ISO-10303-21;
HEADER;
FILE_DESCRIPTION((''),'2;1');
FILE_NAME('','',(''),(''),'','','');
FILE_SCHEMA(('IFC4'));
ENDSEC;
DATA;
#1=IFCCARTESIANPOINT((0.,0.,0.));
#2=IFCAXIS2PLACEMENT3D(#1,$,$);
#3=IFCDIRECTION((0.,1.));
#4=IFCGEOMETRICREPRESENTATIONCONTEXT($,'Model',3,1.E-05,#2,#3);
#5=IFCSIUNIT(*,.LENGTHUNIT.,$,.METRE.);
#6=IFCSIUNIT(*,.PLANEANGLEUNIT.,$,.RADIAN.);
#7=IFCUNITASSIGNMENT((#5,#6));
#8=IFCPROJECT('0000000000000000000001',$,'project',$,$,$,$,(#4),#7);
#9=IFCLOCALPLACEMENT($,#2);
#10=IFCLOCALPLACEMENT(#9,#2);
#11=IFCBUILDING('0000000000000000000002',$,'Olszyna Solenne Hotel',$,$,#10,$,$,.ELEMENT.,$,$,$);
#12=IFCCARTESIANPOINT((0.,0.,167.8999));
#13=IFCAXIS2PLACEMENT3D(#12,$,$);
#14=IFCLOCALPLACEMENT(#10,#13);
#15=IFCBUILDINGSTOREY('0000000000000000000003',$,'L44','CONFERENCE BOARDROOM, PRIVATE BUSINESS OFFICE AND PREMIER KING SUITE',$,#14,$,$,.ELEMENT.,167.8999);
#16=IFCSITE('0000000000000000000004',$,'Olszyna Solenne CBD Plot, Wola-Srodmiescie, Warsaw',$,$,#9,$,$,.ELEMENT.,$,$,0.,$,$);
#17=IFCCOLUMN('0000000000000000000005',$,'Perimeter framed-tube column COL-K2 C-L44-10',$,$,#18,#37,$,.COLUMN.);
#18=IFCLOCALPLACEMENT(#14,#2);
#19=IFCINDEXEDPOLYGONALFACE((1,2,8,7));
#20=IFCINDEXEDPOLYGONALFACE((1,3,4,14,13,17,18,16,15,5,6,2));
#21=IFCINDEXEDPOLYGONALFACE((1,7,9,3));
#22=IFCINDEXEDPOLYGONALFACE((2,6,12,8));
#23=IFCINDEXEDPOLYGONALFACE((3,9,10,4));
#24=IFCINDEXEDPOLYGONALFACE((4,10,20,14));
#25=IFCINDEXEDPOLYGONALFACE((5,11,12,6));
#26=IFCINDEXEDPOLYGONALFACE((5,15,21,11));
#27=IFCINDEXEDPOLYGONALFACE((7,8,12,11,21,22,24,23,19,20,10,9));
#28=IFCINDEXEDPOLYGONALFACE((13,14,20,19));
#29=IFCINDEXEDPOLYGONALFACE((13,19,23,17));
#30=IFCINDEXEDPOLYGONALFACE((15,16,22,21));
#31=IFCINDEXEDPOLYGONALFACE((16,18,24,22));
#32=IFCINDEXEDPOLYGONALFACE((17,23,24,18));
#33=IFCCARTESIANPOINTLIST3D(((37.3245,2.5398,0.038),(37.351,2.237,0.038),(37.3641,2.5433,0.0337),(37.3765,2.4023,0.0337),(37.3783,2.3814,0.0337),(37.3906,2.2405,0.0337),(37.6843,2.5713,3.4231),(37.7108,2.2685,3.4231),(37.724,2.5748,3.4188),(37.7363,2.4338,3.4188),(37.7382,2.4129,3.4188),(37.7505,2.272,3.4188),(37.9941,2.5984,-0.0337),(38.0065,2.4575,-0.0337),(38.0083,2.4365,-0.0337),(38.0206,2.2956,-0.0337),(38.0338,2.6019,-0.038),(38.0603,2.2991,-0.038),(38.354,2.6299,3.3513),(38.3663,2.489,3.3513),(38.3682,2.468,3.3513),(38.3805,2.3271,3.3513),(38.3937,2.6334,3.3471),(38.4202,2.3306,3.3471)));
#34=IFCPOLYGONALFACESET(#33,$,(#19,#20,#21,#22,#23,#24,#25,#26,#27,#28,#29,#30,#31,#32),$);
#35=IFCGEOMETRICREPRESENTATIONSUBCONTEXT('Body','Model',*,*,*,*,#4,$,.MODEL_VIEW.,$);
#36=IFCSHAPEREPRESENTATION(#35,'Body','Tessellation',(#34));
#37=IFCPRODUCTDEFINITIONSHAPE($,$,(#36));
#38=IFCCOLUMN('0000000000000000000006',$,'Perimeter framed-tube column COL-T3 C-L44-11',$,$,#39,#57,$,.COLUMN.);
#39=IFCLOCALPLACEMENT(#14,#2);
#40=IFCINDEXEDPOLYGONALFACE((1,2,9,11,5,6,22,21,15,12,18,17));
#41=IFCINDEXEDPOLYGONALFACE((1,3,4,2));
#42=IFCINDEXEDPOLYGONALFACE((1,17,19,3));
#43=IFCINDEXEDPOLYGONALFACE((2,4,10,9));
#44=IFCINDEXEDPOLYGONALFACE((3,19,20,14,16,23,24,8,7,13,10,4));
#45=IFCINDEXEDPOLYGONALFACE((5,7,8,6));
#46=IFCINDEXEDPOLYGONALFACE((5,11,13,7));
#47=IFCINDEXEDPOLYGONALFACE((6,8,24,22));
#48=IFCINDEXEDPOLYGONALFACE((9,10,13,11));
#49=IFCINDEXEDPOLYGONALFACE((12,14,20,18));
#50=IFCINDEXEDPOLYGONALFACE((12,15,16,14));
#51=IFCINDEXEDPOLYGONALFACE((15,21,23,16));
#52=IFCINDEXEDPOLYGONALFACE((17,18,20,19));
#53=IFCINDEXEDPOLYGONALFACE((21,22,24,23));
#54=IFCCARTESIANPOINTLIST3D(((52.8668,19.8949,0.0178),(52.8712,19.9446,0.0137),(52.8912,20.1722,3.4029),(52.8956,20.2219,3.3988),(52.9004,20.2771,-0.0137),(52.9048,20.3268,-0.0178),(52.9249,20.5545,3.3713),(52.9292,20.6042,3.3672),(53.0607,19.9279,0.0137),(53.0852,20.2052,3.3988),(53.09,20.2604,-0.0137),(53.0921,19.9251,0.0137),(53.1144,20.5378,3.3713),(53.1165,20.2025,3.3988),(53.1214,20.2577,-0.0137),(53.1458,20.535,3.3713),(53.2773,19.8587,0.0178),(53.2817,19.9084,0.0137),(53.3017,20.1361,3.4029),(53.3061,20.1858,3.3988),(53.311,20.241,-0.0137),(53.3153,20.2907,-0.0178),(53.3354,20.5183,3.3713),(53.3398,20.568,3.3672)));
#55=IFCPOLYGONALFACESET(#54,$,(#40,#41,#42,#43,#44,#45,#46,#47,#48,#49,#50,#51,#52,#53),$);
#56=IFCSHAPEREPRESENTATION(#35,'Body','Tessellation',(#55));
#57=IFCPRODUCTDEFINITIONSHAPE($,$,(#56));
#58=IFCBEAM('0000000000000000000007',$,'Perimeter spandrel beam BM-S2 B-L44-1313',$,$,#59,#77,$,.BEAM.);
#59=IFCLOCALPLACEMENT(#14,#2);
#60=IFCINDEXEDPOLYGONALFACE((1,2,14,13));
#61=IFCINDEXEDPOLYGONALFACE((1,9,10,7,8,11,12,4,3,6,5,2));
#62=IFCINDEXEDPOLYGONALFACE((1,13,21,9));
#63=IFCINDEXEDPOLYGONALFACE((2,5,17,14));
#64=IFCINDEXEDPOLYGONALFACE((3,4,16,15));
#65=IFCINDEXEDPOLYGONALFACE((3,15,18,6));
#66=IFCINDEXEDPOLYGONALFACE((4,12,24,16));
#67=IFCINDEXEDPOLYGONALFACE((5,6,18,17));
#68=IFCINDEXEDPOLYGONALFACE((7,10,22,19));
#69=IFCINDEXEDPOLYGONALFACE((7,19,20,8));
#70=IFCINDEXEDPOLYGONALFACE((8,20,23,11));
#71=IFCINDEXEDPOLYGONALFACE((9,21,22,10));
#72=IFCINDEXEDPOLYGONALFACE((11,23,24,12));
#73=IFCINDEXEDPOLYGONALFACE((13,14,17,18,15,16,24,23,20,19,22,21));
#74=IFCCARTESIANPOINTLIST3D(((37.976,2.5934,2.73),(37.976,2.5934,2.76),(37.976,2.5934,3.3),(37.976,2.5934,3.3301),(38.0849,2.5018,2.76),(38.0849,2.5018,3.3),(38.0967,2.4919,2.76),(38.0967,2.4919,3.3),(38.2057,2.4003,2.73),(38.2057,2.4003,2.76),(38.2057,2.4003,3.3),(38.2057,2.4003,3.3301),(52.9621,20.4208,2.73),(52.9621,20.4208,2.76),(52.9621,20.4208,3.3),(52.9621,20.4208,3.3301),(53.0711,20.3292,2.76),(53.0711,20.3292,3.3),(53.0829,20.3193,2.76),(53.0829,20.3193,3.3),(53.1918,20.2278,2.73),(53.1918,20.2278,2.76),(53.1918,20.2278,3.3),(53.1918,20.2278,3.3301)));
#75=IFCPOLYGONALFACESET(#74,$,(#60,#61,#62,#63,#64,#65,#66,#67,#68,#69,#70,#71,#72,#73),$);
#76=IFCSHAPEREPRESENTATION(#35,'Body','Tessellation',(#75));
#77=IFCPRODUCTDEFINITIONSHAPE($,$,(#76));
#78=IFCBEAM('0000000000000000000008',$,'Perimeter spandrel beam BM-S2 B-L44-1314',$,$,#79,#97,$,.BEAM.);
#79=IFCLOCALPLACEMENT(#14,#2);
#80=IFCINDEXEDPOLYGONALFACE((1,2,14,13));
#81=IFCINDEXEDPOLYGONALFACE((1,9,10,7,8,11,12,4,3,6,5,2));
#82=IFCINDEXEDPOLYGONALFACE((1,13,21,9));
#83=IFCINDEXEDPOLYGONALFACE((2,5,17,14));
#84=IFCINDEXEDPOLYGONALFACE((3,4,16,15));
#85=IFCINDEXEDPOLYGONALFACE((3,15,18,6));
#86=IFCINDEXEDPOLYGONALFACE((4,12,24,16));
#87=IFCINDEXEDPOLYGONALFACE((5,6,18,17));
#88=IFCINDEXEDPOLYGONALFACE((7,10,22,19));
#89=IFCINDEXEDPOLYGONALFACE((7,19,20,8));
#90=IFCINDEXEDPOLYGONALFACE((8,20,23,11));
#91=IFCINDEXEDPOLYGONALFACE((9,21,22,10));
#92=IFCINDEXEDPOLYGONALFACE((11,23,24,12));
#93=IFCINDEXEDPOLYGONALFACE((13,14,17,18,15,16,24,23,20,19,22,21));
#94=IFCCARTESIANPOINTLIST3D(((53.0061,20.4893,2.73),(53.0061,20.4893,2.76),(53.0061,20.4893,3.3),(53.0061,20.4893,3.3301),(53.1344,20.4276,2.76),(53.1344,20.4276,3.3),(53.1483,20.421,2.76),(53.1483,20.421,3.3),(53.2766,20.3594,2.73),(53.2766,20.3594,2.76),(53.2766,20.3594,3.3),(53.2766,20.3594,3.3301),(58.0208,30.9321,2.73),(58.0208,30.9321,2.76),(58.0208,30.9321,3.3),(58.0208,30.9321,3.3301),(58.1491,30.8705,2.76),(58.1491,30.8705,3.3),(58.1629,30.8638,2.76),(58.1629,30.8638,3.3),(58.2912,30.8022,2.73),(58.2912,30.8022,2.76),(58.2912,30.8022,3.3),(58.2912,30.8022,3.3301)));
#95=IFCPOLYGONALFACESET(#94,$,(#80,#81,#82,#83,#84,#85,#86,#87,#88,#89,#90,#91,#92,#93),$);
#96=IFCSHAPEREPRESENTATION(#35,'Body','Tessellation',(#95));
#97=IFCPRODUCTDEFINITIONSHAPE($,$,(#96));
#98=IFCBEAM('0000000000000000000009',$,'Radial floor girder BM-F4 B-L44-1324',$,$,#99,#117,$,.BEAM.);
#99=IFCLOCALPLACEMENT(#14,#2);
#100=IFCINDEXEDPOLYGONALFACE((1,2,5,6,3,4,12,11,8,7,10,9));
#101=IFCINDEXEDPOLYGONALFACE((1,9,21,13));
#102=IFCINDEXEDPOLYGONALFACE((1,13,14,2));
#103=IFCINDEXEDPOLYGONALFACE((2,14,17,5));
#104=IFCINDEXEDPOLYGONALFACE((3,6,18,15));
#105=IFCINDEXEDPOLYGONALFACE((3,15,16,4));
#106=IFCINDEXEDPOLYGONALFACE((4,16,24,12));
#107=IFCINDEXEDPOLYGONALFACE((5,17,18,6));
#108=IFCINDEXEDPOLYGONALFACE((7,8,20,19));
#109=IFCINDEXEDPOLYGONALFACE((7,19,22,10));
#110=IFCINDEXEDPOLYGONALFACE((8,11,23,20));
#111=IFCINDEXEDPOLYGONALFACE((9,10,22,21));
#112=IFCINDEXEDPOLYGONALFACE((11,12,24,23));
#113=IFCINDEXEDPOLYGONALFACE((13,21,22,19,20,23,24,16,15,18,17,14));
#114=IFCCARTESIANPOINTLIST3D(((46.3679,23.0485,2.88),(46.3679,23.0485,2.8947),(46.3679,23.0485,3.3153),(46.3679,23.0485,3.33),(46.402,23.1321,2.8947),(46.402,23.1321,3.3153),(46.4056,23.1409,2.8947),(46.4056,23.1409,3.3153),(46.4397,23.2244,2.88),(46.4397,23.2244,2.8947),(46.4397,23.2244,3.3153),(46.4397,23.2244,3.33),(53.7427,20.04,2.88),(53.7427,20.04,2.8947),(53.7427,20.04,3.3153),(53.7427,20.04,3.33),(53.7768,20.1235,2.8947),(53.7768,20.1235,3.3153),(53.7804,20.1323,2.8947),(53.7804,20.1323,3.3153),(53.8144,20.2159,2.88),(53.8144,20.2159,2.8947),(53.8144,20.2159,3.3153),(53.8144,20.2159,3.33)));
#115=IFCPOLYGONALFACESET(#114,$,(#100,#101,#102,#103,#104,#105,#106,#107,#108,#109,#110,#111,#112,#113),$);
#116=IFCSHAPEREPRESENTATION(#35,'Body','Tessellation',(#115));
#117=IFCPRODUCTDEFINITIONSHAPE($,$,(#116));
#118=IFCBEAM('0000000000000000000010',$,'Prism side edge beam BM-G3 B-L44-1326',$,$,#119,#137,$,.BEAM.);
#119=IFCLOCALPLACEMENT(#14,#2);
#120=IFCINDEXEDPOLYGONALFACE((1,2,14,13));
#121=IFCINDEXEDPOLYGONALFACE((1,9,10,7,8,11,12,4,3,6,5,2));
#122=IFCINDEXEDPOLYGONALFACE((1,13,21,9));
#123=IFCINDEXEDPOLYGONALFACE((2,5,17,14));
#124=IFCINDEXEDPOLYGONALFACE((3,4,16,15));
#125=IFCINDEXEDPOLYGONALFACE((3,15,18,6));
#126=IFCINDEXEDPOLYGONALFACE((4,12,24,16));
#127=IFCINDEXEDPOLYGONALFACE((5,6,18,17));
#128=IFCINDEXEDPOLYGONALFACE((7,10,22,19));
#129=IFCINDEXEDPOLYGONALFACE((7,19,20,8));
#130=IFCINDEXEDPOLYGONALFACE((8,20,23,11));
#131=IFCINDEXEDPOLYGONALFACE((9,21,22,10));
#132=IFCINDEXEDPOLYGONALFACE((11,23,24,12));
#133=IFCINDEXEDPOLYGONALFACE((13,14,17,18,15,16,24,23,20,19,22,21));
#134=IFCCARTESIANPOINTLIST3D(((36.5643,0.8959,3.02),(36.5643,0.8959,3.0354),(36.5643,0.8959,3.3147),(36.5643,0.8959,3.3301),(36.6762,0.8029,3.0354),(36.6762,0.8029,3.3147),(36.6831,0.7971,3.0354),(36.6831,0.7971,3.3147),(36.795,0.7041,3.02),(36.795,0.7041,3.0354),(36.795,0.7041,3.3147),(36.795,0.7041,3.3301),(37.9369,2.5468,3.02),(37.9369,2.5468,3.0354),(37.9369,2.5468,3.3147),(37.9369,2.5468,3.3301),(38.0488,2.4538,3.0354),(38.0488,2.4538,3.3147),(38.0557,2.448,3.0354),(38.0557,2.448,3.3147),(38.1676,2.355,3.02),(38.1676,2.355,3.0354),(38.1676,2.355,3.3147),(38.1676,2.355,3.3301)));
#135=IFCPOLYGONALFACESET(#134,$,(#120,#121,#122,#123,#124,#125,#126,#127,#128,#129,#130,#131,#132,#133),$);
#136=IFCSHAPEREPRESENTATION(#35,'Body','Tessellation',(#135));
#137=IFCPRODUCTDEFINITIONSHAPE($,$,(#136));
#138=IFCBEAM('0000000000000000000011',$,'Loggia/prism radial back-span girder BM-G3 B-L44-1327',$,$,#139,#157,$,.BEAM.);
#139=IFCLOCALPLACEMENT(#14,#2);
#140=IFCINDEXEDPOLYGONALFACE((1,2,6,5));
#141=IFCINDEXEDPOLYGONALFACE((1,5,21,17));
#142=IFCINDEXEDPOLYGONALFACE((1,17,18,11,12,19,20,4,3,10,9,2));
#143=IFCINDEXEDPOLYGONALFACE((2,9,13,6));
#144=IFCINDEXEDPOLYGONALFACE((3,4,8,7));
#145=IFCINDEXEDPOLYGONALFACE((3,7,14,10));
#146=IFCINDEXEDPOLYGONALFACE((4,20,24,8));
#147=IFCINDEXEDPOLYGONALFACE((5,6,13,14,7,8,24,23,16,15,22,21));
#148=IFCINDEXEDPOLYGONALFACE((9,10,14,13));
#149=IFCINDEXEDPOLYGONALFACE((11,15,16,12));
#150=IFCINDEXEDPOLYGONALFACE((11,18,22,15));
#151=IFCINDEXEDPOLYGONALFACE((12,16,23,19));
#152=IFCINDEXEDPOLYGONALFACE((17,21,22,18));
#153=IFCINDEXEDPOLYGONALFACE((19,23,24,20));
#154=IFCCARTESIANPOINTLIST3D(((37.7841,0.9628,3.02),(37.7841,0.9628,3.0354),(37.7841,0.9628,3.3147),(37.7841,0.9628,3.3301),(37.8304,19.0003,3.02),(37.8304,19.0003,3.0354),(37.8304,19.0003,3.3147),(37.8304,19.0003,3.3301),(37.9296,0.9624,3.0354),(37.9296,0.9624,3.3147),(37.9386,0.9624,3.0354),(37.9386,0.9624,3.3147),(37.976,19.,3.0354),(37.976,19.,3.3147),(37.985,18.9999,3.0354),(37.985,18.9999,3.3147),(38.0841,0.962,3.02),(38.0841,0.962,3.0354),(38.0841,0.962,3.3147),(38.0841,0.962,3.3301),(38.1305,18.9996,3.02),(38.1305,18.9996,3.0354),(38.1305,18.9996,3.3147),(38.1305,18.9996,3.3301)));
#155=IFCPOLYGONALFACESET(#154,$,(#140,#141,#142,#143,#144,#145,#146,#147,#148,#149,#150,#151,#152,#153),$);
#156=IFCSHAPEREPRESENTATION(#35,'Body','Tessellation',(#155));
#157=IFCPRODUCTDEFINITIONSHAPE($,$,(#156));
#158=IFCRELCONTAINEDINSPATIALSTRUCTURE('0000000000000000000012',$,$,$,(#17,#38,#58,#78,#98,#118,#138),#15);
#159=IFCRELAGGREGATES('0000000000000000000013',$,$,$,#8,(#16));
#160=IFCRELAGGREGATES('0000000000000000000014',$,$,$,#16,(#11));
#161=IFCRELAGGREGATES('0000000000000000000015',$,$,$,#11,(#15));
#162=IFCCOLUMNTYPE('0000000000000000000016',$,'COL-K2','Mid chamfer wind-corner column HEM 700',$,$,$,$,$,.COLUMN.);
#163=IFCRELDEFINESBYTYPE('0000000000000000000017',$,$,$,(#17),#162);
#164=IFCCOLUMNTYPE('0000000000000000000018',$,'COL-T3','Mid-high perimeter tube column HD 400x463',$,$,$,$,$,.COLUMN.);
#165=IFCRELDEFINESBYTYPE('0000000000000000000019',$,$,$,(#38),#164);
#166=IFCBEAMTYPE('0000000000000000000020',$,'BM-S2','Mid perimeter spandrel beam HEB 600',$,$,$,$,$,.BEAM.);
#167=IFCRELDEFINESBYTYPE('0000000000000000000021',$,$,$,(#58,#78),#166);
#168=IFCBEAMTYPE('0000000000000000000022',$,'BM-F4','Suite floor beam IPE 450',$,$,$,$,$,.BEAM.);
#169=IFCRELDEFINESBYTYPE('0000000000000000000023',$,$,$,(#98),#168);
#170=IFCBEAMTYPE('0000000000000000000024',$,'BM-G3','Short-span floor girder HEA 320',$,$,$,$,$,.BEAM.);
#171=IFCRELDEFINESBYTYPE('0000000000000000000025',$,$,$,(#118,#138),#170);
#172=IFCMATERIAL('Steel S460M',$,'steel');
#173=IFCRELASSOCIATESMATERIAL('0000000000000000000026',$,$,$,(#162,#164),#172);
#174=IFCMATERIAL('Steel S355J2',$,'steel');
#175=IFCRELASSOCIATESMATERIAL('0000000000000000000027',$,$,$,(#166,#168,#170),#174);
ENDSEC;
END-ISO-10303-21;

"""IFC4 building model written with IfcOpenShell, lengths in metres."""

from ifc_helpers import new_model, si_unit, direction, frame, origin, origin_2d, place, context, subcontext, project, spatial, i_section, extrude, source, transform, mapped, material, material_profile, profile_set, type_object, element, save


model = new_model("IFC4")

# Units and contexts
model_context = context("Model", 3, precision=1e-05, world=origin(), true_north=direction((0.0, 1.0)))
body_context = subcontext(model_context, "Body", "Model", "MODEL_VIEW")
ifc_project = project(units=[si_unit("LENGTHUNIT", "METRE"), si_unit("PLANEANGLEUNIT", "RADIAN")], contexts=[model_context])

# Site, building, storey
site_placement = place(None, origin())
site = spatial("IfcSite", under=ifc_project, at=site_placement, Name="Olszyna Solenne CBD Plot, Wola-Srodmiescie, Warsaw", CompositionType="ELEMENT", RefElevation=0.0)
building_placement = place(site_placement, origin())
building = spatial("IfcBuilding", under=site, at=building_placement, Name="Olszyna Solenne Hotel", CompositionType="ELEMENT")
storey_placement = place(building_placement, frame((0.0, 0.0, 167.8999)))
storey = spatial("IfcBuildingStorey", under=building, at=storey_placement, Name="L44", Description="CONFERENCE BOARDROOM, PRIVATE BUSINESS OFFICE AND PREMIER KING SUITE", CompositionType="ELEMENT", Elevation=167.8999)

# Columns
ifc_material_1 = material(Name="Steel S460M", Category="steel")
ifc_material_profile_1 = material_profile(ifc_material_1, i_section(OverallWidth=0.304, OverallDepth=0.7161, WebThickness=0.021, FlangeThickness=0.04, at=origin_2d()), Name="HEM 700", Category="load-bearing")
ifc_profile_set_1 = profile_set([ifc_material_profile_1], Name="Steel S460M")
column_type_1 = type_object("IfcColumnType", Name="COL-K2", Description="Mid chamfer wind-corner column HEM 700", PredefinedType="COLUMN", material=ifc_profile_set_1)
shared_shape_1 = source(origin(), body_context, "Body", "SweptSolid", [
    extrude(i_section(OverallWidth=0.304, OverallDepth=0.7161, WebThickness=0.021, FlangeThickness=0.04, at=origin_2d()), origin(), (0.0, 0.0, 1.0), 3.4043),
])
column_1_placement = place(storey_placement, frame((37.6924, 2.4194, 0.0), z_axis=(0.105711, 0.009251, 0.994354), x_axis=(-0.087184, 0.996192, 0.0)))
element("IfcColumn", 1, at=column_1_placement, inside=storey, type_object=column_type_1, Name="Perimeter framed-tube column COL-K2 C-L44-10", PredefinedType="COLUMN", context=body_context, shape_type="MappedRepresentation", body=[
    mapped(shared_shape_1, transform((0.0, 0.0, 0.0), x_axis=(1.0, 0.0, 0.0), y_axis=(0.0, 1.0, 0.0), z_axis=(0.0, 0.0, 1.0), scale=1.0)),
])
ifc_material_profile_2 = material_profile(ifc_material_1, i_section(OverallWidth=0.4121, OverallDepth=0.4351, WebThickness=0.0315, FlangeThickness=0.05, at=origin_2d()), Name="HD 400x463", Category="load-bearing")
ifc_profile_set_2 = profile_set([ifc_material_profile_2], Name="Steel S460M")
column_type_2 = type_object("IfcColumnType", Name="COL-T3", Description="Mid-high perimeter tube column HD 400x463", PredefinedType="COLUMN", material=ifc_profile_set_2)
shared_shape_2 = source(origin(), body_context, "Body", "SweptSolid", [
    extrude(i_section(OverallWidth=0.4121, OverallDepth=0.4351, WebThickness=0.0315, FlangeThickness=0.05, at=origin_2d()), origin(), (0.0, 0.0, 1.0), 3.3965),
])
column_2_placement = place(storey_placement, frame((53.0911, 20.0928, 0.0), z_axis=(0.007188, 0.081657, 0.996635), x_axis=(-0.996148, 0.087689, 0.0)))
element("IfcColumn", 2, at=column_2_placement, inside=storey, type_object=column_type_2, Name="Perimeter framed-tube column COL-T3 C-L44-11", PredefinedType="COLUMN", context=body_context, shape_type="MappedRepresentation", body=[
    mapped(shared_shape_2, transform((0.0, 0.0, 0.0), x_axis=(1.0, 0.0, 0.0), y_axis=(0.0, 1.0, 0.0), z_axis=(0.0, 0.0, 1.0), scale=1.0)),
])

# Beams
ifc_material_2 = material(Name="Steel S355J2", Category="steel")
ifc_material_profile_3 = material_profile(ifc_material_2, i_section(OverallWidth=0.3, OverallDepth=0.6001, WebThickness=0.0154, FlangeThickness=0.03, at=origin_2d()), Name="HEB 600", Category="load-bearing")
ifc_profile_set_3 = profile_set([ifc_material_profile_3], Name="Steel S355J2")
beam_type_1 = type_object("IfcBeamType", Name="BM-S2", Description="Mid perimeter spandrel beam HEB 600", PredefinedType="BEAM", material=ifc_profile_set_3)
shared_shape_3 = source(origin(), body_context, "Body", "SweptSolid", [
    extrude(i_section(OverallWidth=0.3, OverallDepth=0.6001, WebThickness=0.0154, FlangeThickness=0.03, at=origin_2d()), origin(), (0.0, 0.0, 1.0), 23.2896),
])
beam_1_placement = place(storey_placement, frame((38.0908, 2.4968, 3.03), z_axis=(0.643471, 0.765471, 0.0), x_axis=(-0.765471, 0.643471, 0.0)))
element("IfcBeam", 3, at=beam_1_placement, inside=storey, type_object=beam_type_1, Name="Perimeter spandrel beam BM-S2 B-L44-1313", PredefinedType="BEAM", context=body_context, shape_type="MappedRepresentation", body=[
    mapped(shared_shape_3, transform((0.0, 0.0, 0.0), x_axis=(1.0, 0.0, 0.0), y_axis=(0.0, 1.0, 0.0), z_axis=(0.0, 0.0, 1.0), scale=1.0)),
])
shared_shape_4 = source(origin(), body_context, "Body", "SweptSolid", [
    extrude(i_section(OverallWidth=0.3, OverallDepth=0.6001, WebThickness=0.0154, FlangeThickness=0.03, at=origin_2d()), origin(), (0.0, 0.0, 1.0), 11.5845),
])
beam_2_placement = place(storey_placement, frame((53.1414, 20.4243, 3.03), z_axis=(0.432876, 0.901453, 0.0), x_axis=(-0.901453, 0.432876, 0.0)))
element("IfcBeam", 4, at=beam_2_placement, inside=storey, type_object=beam_type_1, Name="Perimeter spandrel beam BM-S2 B-L44-1314", PredefinedType="BEAM", context=body_context, shape_type="MappedRepresentation", body=[
    mapped(shared_shape_4, transform((0.0, 0.0, 0.0), x_axis=(1.0, 0.0, 0.0), y_axis=(0.0, 1.0, 0.0), z_axis=(0.0, 0.0, 1.0), scale=1.0)),
])
ifc_material_profile_4 = material_profile(ifc_material_2, i_section(OverallWidth=0.1899, OverallDepth=0.45, WebThickness=0.0095, FlangeThickness=0.0146, at=origin_2d()), Name="IPE 450", Category="load-bearing")
ifc_profile_set_4 = profile_set([ifc_material_profile_4], Name="Steel S355J2")
beam_type_2 = type_object("IfcBeamType", Name="BM-F4", Description="Suite floor beam IPE 450", PredefinedType="BEAM", material=ifc_profile_set_4)
shared_shape_5 = source(origin(), body_context, "Body", "SweptSolid", [
    extrude(i_section(OverallWidth=0.1899, OverallDepth=0.45, WebThickness=0.0095, FlangeThickness=0.0146, at=origin_2d()), origin(), (0.0, 0.0, 1.0), 7.9648),
])
beam_3_placement = place(storey_placement, frame((53.7786, 20.1279, 3.105), z_axis=(-0.925916, 0.377729, 0.0), x_axis=(-0.377729, -0.925916, 0.0)))
element("IfcBeam", 5, at=beam_3_placement, inside=storey, type_object=beam_type_2, Name="Radial floor girder BM-F4 B-L44-1324", PredefinedType="BEAM", context=body_context, shape_type="MappedRepresentation", body=[
    mapped(shared_shape_5, transform((0.0, 0.0, 0.0), x_axis=(1.0, 0.0, 0.0), y_axis=(0.0, 1.0, 0.0), z_axis=(0.0, 0.0, 1.0), scale=1.0)),
])
ifc_material_profile_5 = material_profile(ifc_material_2, i_section(OverallWidth=0.3, OverallDepth=0.3101, WebThickness=0.009, FlangeThickness=0.0154, at=origin_2d()), Name="HEA 320", Category="load-bearing")
ifc_profile_set_5 = profile_set([ifc_material_profile_5], Name="Steel S355J2")
beam_type_3 = type_object("IfcBeamType", Name="BM-G3", Description="Short-span floor girder HEA 320", PredefinedType="BEAM", material=ifc_profile_set_5)
shared_shape_6 = source(origin(), body_context, "Body", "SweptSolid", [
    extrude(i_section(OverallWidth=0.3, OverallDepth=0.3101, WebThickness=0.009, FlangeThickness=0.0154, at=origin_2d()), origin(), (0.0, 0.0, 1.0), 2.147),
])
beam_4_placement = place(storey_placement, frame((38.0522, 2.4509, 3.175), z_axis=(-0.639312, -0.768948, 0.0), x_axis=(0.768948, -0.639312, 0.0)))
element("IfcBeam", 6, at=beam_4_placement, inside=storey, type_object=beam_type_3, Name="Prism side edge beam BM-G3 B-L44-1326", PredefinedType="BEAM", context=body_context, shape_type="MappedRepresentation", body=[
    mapped(shared_shape_6, transform((0.0, 0.0, 0.0), x_axis=(1.0, 0.0, 0.0), y_axis=(0.0, 1.0, 0.0), z_axis=(0.0, 0.0, 1.0), scale=1.0)),
])
shared_shape_7 = source(origin(), body_context, "Body", "SweptSolid", [
    extrude(i_section(OverallWidth=0.3, OverallDepth=0.3101, WebThickness=0.009, FlangeThickness=0.0154, at=origin_2d()), origin(), (0.0, 0.0, 1.0), 18.0376),
])
beam_5_placement = place(storey_placement, frame((37.9341, 0.9624, 3.175), z_axis=(0.002572, 0.999997, 0.0), x_axis=(-0.999997, 0.002572, 0.0)))
element("IfcBeam", 7, at=beam_5_placement, inside=storey, type_object=beam_type_3, Name="Loggia/prism radial back-span girder BM-G3 B-L44-1327", PredefinedType="BEAM", context=body_context, shape_type="MappedRepresentation", body=[
    mapped(shared_shape_7, transform((0.0, 0.0, 0.0), x_axis=(1.0, 0.0, 0.0), y_axis=(0.0, 1.0, 0.0), z_axis=(0.0, 0.0, 1.0), scale=1.0)),
])

save(model, "model.ifc")
